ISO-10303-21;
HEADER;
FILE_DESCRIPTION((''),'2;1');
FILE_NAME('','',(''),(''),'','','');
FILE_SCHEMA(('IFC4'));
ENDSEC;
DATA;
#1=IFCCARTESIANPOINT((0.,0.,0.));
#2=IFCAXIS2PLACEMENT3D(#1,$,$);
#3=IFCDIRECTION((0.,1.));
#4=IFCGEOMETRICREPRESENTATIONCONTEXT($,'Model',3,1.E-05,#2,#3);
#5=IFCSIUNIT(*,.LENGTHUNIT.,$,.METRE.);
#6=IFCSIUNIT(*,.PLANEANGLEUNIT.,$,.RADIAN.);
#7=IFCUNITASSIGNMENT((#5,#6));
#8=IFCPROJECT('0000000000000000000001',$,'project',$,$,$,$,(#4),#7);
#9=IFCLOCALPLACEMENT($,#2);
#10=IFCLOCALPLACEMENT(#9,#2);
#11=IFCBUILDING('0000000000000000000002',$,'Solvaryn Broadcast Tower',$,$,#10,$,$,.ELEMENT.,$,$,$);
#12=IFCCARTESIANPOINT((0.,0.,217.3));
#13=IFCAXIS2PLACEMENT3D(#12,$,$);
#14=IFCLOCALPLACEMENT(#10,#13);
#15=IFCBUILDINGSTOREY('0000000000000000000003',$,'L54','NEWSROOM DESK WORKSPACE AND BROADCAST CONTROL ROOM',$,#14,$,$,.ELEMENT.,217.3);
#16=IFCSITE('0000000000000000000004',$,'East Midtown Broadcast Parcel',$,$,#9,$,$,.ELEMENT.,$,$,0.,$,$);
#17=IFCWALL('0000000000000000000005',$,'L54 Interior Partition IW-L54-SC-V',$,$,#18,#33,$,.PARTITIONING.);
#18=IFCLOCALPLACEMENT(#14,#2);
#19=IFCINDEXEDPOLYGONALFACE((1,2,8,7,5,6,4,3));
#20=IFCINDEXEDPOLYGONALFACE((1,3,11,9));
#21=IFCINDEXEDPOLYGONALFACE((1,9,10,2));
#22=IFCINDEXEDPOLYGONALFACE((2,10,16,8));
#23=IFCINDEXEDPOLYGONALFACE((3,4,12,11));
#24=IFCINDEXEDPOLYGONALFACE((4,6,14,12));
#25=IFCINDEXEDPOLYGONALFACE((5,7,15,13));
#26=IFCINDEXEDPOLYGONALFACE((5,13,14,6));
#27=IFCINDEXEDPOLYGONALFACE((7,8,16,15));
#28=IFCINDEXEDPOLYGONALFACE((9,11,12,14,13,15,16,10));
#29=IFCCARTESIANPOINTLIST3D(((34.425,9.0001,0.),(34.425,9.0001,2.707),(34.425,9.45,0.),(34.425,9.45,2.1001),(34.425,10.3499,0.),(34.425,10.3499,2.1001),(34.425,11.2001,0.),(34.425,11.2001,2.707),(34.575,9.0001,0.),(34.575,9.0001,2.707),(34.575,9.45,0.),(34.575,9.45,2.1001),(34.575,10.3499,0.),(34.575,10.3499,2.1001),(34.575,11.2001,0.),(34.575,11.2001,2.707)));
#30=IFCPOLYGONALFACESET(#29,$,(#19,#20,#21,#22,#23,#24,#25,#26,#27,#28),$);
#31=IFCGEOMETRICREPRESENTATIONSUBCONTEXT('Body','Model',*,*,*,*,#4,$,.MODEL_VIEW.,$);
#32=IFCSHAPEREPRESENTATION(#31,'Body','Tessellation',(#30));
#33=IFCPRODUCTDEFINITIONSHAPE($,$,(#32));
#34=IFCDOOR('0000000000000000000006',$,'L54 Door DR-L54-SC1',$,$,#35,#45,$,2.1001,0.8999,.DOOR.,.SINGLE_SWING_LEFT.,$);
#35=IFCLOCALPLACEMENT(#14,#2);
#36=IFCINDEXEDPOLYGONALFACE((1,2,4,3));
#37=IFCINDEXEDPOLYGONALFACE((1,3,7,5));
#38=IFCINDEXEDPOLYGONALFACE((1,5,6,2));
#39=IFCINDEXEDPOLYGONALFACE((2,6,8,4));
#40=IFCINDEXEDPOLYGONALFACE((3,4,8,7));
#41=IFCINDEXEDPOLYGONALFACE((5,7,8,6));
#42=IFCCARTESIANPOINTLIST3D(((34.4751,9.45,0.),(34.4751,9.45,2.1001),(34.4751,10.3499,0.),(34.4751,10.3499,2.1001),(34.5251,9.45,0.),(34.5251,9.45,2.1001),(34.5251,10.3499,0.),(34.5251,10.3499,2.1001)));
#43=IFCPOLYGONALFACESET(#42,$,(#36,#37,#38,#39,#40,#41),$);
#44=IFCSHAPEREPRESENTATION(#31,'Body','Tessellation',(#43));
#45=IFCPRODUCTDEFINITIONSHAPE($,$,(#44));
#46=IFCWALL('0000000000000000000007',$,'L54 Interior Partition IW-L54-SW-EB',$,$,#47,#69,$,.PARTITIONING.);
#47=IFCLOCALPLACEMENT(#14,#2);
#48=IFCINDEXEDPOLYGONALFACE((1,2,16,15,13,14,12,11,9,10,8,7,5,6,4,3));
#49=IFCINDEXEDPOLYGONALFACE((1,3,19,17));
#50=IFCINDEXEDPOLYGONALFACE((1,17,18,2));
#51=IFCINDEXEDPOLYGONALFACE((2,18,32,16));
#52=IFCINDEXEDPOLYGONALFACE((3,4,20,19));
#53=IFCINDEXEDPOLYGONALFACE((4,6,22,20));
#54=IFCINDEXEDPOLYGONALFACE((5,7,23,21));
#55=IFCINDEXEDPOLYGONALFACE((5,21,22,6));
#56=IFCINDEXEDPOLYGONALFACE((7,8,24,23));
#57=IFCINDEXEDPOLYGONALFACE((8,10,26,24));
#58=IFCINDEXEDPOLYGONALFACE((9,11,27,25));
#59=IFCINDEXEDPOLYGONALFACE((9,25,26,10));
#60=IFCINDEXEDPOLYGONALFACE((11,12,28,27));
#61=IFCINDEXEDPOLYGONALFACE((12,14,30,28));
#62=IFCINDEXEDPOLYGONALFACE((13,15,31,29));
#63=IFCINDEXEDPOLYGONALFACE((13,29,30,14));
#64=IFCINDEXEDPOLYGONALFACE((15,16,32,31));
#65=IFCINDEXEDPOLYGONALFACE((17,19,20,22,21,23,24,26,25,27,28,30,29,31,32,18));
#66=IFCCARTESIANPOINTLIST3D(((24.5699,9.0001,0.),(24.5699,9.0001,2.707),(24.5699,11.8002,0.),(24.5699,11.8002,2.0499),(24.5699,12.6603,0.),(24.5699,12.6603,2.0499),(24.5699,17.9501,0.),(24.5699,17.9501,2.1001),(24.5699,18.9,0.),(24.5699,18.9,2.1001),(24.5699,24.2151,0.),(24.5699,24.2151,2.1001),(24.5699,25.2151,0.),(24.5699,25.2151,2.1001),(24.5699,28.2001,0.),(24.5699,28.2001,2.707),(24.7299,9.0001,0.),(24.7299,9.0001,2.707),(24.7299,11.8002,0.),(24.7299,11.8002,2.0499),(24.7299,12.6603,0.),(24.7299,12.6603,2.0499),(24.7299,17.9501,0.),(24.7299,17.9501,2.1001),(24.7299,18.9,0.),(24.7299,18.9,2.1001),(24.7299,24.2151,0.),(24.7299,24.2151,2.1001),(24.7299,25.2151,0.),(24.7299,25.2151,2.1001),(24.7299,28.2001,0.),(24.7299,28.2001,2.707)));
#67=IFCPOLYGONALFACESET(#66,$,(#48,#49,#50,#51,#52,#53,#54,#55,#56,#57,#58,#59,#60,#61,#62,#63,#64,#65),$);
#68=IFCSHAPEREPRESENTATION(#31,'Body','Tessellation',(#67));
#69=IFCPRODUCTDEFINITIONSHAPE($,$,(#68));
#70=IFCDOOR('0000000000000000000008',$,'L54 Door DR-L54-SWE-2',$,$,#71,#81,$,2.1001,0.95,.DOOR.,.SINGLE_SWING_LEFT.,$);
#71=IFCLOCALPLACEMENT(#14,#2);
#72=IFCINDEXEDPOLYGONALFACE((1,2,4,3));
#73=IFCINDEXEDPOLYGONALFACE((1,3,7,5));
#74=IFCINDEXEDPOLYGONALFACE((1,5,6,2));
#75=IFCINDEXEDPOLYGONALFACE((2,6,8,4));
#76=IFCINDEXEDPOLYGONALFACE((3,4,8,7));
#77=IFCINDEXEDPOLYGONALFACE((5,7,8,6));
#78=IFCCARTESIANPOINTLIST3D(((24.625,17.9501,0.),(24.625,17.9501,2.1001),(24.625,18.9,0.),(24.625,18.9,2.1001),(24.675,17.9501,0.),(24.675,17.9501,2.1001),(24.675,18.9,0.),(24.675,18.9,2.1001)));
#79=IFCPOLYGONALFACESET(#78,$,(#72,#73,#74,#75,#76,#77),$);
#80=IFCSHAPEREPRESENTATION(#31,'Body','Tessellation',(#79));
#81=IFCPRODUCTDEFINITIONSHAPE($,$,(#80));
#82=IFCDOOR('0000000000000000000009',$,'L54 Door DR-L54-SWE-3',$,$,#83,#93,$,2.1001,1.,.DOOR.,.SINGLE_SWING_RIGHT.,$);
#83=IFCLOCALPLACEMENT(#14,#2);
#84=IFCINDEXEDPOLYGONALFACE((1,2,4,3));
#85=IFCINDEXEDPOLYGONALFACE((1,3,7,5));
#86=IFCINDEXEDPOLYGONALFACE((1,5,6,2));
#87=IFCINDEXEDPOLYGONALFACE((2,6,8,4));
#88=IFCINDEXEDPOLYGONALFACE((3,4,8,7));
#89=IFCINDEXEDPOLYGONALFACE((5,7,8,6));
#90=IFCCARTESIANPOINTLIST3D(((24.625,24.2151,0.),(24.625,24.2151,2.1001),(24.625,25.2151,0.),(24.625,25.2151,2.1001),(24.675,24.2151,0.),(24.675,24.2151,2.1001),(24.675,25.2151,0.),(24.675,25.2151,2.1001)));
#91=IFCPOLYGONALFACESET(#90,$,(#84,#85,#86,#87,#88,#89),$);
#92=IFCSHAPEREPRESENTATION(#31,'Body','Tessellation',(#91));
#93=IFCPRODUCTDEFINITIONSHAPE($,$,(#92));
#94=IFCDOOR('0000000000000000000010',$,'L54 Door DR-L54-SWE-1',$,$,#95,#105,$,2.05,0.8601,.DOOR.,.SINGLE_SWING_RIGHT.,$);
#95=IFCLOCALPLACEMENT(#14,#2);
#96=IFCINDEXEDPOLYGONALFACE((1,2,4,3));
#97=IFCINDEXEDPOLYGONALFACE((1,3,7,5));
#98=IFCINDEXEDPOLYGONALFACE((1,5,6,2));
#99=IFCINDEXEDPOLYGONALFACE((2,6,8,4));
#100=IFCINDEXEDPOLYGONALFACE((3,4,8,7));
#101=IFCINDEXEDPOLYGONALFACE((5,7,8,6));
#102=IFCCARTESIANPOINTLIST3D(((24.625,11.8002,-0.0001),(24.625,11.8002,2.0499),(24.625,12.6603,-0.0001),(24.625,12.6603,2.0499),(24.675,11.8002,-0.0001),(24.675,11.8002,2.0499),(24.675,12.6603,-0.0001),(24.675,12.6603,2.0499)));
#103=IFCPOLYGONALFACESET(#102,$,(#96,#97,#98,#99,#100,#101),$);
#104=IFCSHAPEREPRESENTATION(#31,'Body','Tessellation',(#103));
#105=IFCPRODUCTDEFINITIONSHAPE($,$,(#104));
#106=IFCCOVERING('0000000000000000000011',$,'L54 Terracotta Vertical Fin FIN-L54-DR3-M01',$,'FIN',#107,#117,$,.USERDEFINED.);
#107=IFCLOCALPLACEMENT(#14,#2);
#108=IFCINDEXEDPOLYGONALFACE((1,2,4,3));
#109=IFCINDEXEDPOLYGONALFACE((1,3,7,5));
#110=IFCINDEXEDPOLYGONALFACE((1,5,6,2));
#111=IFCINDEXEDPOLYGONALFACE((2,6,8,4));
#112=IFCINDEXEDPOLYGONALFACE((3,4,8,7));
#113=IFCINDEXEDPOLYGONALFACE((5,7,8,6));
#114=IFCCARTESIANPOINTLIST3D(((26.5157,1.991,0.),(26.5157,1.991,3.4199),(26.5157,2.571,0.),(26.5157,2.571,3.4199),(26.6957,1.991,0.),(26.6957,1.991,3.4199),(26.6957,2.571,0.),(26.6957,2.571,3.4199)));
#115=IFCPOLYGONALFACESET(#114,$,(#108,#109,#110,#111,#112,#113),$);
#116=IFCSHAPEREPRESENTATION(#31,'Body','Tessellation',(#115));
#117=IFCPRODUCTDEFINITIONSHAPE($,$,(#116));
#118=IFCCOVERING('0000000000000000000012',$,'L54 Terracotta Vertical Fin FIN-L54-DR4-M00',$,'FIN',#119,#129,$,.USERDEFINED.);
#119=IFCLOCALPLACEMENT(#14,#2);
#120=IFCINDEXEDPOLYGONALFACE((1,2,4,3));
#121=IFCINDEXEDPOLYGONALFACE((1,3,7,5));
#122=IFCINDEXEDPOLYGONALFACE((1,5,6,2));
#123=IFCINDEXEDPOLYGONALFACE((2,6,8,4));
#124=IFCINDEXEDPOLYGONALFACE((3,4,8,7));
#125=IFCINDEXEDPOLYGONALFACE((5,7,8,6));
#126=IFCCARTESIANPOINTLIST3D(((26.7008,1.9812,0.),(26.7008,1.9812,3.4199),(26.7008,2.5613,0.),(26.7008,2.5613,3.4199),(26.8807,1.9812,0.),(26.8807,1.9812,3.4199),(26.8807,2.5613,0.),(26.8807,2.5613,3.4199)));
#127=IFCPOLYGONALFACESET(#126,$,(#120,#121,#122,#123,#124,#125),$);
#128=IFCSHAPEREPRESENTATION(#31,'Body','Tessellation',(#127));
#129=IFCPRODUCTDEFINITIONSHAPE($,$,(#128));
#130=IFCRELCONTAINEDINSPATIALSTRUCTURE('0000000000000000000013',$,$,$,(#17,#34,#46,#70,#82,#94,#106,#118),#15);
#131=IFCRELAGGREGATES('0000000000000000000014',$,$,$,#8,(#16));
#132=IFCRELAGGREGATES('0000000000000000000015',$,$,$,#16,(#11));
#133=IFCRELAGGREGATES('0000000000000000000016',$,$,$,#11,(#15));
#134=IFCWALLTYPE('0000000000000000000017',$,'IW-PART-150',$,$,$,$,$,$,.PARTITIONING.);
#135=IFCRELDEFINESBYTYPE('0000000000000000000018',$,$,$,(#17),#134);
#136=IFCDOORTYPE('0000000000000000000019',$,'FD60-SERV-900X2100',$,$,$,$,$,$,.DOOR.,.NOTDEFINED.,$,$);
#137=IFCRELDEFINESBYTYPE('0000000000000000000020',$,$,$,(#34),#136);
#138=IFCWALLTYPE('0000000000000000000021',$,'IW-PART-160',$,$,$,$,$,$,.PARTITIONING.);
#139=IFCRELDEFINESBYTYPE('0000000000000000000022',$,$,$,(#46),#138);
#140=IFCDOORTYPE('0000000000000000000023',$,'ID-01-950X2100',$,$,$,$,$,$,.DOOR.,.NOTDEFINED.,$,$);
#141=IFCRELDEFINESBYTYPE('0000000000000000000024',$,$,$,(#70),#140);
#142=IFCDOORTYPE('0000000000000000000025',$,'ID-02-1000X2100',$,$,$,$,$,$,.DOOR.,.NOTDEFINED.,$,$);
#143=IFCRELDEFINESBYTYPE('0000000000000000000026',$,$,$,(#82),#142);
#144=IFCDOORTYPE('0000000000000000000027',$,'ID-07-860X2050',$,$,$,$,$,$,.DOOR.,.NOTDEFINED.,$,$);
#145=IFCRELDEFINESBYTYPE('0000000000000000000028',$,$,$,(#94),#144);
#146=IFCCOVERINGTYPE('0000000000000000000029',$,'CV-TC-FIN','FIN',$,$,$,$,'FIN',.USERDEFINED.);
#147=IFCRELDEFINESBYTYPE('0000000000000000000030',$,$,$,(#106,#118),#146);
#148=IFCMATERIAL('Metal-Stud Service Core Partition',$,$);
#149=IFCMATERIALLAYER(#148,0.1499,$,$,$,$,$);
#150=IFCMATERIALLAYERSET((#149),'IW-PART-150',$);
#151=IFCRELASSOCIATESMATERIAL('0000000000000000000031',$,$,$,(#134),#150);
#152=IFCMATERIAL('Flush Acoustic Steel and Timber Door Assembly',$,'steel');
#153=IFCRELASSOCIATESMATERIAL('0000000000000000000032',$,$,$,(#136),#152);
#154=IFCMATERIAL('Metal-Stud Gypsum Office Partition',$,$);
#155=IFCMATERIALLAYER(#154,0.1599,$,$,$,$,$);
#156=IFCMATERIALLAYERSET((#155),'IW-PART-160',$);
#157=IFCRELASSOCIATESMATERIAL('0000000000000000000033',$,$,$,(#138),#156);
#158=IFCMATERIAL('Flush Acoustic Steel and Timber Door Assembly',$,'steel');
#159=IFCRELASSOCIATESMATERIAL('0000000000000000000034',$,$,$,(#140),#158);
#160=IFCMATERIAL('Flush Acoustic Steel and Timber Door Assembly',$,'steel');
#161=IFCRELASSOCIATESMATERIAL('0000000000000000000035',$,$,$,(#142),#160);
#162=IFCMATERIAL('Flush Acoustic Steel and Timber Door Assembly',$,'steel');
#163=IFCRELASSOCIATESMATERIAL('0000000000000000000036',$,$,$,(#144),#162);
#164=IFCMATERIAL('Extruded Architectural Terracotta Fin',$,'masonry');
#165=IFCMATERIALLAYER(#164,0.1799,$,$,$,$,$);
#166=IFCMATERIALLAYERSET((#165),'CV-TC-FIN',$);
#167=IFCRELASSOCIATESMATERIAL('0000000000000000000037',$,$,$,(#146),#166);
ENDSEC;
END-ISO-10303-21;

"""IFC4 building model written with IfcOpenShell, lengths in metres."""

from ifc_helpers import new_model, si_unit, direction, frame, frame_2d, origin, origin_2d, place, context, subcontext, project, spatial, rectangle, extrude, material, layer, layer_set, type_object, element, fill, save


model = new_model("IFC4")

# Units and contexts
model_context = context("Model", 3, precision=1e-05, world=origin(), true_north=direction((0.0, 1.0)))
body_context = subcontext(model_context, "Body", "Model", "MODEL_VIEW")
ifc_project = project(units=[si_unit("LENGTHUNIT", "METRE"), si_unit("PLANEANGLEUNIT", "RADIAN")], contexts=[model_context])

# Site, building, storey
site_placement = place(None, origin())
site = spatial("IfcSite", under=ifc_project, at=site_placement, Name="East Midtown Broadcast Parcel", CompositionType="ELEMENT", RefElevation=0.0)
building_placement = place(site_placement, origin())
building = spatial("IfcBuilding", under=site, at=building_placement, Name="Solvaryn Broadcast Tower", CompositionType="ELEMENT")
storey_placement = place(building_placement, frame((0.0, 0.0, 217.3)))
storey = spatial("IfcBuildingStorey", under=building, at=storey_placement, Name="L54", Description="NEWSROOM DESK WORKSPACE AND BROADCAST CONTROL ROOM", CompositionType="ELEMENT", Elevation=217.3)

# Wall, opening, door
ifc_material_1 = material(Name="Metal-Stud Service Core Partition")
ifc_layer_1 = layer(ifc_material_1, 0.1499)
ifc_layer_set_1 = layer_set([ifc_layer_1], Name="IW-PART-150")
wall_type_1 = type_object("IfcWallType", Name="IW-PART-150", PredefinedType="PARTITIONING", material=ifc_layer_set_1)
wall_1_placement = place(storey_placement, frame((34.5, 9.0, 0.0), z_axis=(0.0, 0.0, 1.0), x_axis=(0.0, 1.0, 0.0)))
wall_1 = element("IfcWall", 1, at=wall_1_placement, inside=storey, type_object=wall_type_1, Name="L54 Interior Partition IW-L54-SC-V", PredefinedType="PARTITIONING", context=body_context, shape_type="SweptSolid", body=[
    extrude(rectangle(XDim=2.2, YDim=0.1499, at=frame_2d((1.1001, 0.0))), origin(), (0.0, 0.0, 1.0), 2.707),
])
opening_1_placement = place(wall_1_placement, frame((0.45, 0.0, 0.0)))
opening_1 = element("IfcOpeningElement", 2, at=opening_1_placement, cuts=wall_1, PredefinedType="OPENING", context=body_context, shape_type="SweptSolid", body=[
    extrude(rectangle(XDim=0.8999, YDim=2.1001, at=frame_2d((0.45, 1.05))), frame((0.0, 0.085, 0.0), z_axis=(0.0, -1.0, 0.0), x_axis=(1.0, 0.0, 0.0)), (0.0, 0.0, 1.0), 0.1699),
])
ifc_material_2 = material(Name="Flush Acoustic Steel and Timber Door Assembly", Category="steel")
door_type_1 = type_object("IfcDoorType", Name="FD60-SERV-900X2100", OperationType="NOTDEFINED", PredefinedType="DOOR", material=ifc_material_2)
door_1_placement = place(opening_1_placement, origin())
door_1 = element("IfcDoor", 3, at=door_1_placement, inside=storey, type_object=door_type_1, Name="L54 Door DR-L54-SC1", OperationType="SINGLE_SWING_LEFT", OverallHeight=2.1001, OverallWidth=0.8999, PredefinedType="DOOR", context=body_context, shape_type="SweptSolid", body=[
    extrude(rectangle(XDim=0.8999, YDim=2.1001, at=frame_2d((0.45, 1.05))), frame((0.0, 0.0249, 0.0), z_axis=(0.0, -1.0, 0.0), x_axis=(1.0, 0.0, 0.0)), (0.0, 0.0, 1.0), 0.05),
])
fill(opening_1, door_1)

# Wall, openings, doors
ifc_material_3 = material(Name="Metal-Stud Gypsum Office Partition")
ifc_layer_2 = layer(ifc_material_3, 0.1599)
ifc_layer_set_2 = layer_set([ifc_layer_2], Name="IW-PART-160")
wall_type_2 = type_object("IfcWallType", Name="IW-PART-160", PredefinedType="PARTITIONING", material=ifc_layer_set_2)
wall_2_placement = place(storey_placement, frame((24.6499, 9.0, 0.0), z_axis=(0.0, 0.0, 1.0), x_axis=(0.0, 1.0, 0.0)))
wall_2 = element("IfcWall", 4, at=wall_2_placement, inside=storey, type_object=wall_type_2, Name="L54 Interior Partition IW-L54-SW-EB", PredefinedType="PARTITIONING", context=body_context, shape_type="SweptSolid", body=[
    extrude(rectangle(XDim=19.2, YDim=0.1599, at=frame_2d((9.6001, 0.0))), origin(), (0.0, 0.0, 1.0), 2.707),
])
opening_2_placement = place(wall_2_placement, frame((2.8, 0.0, 0.0)))
opening_2 = element("IfcOpeningElement", 5, at=opening_2_placement, cuts=wall_2, PredefinedType="OPENING", context=body_context, shape_type="SweptSolid", body=[
    extrude(rectangle(XDim=0.8601, YDim=2.05, at=frame_2d((0.4302, 1.0249))), frame((0.0, 0.0901, 0.0), z_axis=(0.0, -1.0, 0.0), x_axis=(1.0, 0.0, 0.0)), (0.0, 0.0, 1.0), 0.1799),
])
opening_3_placement = place(wall_2_placement, frame((8.95, 0.0, 0.0)))
opening_3 = element("IfcOpeningElement", 6, at=opening_3_placement, cuts=wall_2, PredefinedType="OPENING", context=body_context, shape_type="SweptSolid", body=[
    extrude(rectangle(XDim=0.95, YDim=2.1001, at=frame_2d((0.4751, 1.05))), frame((0.0, 0.0901, 0.0), z_axis=(0.0, -1.0, 0.0), x_axis=(1.0, 0.0, 0.0)), (0.0, 0.0, 1.0), 0.1799),
])
opening_4_placement = place(wall_2_placement, frame((15.2151, 0.0, 0.0)))
opening_4 = element("IfcOpeningElement", 7, at=opening_4_placement, cuts=wall_2, PredefinedType="OPENING", context=body_context, shape_type="SweptSolid", body=[
    extrude(rectangle(XDim=1.0, YDim=2.1001, at=frame_2d((0.5, 1.05))), frame((0.0, 0.0901, 0.0), z_axis=(0.0, -1.0, 0.0), x_axis=(1.0, 0.0, 0.0)), (0.0, 0.0, 1.0), 0.1799),
])
ifc_material_4 = material(Name="Flush Acoustic Steel and Timber Door Assembly", Category="steel")
door_type_2 = type_object("IfcDoorType", Name="ID-01-950X2100", OperationType="NOTDEFINED", PredefinedType="DOOR", material=ifc_material_4)
door_2_placement = place(opening_3_placement, origin())
door_2 = element("IfcDoor", 8, at=door_2_placement, inside=storey, type_object=door_type_2, Name="L54 Door DR-L54-SWE-2", OperationType="SINGLE_SWING_LEFT", OverallHeight=2.1001, OverallWidth=0.95, PredefinedType="DOOR", context=body_context, shape_type="SweptSolid", body=[
    extrude(rectangle(XDim=0.95, YDim=2.1001, at=frame_2d((0.4751, 1.05))), frame((0.0, 0.0249, 0.0), z_axis=(0.0, -1.0, 0.0), x_axis=(1.0, 0.0, 0.0)), (0.0, 0.0, 1.0), 0.05),
])
fill(opening_3, door_2)
ifc_material_5 = material(Name="Flush Acoustic Steel and Timber Door Assembly", Category="steel")
door_type_3 = type_object("IfcDoorType", Name="ID-02-1000X2100", OperationType="NOTDEFINED", PredefinedType="DOOR", material=ifc_material_5)
door_3_placement = place(opening_4_placement, origin())
door_3 = element("IfcDoor", 9, at=door_3_placement, inside=storey, type_object=door_type_3, Name="L54 Door DR-L54-SWE-3", OperationType="SINGLE_SWING_RIGHT", OverallHeight=2.1001, OverallWidth=1.0, PredefinedType="DOOR", context=body_context, shape_type="SweptSolid", body=[
    extrude(rectangle(XDim=1.0, YDim=2.1001, at=frame_2d((0.5, 1.05))), frame((0.0, 0.0249, 0.0), z_axis=(0.0, -1.0, 0.0), x_axis=(1.0, 0.0, 0.0)), (0.0, 0.0, 1.0), 0.05),
])
fill(opening_4, door_3)
ifc_material_6 = material(Name="Flush Acoustic Steel and Timber Door Assembly", Category="steel")
door_type_4 = type_object("IfcDoorType", Name="ID-07-860X2050", OperationType="NOTDEFINED", PredefinedType="DOOR", material=ifc_material_6)
door_4_placement = place(opening_2_placement, origin())
door_4 = element("IfcDoor", 10, at=door_4_placement, inside=storey, type_object=door_type_4, Name="L54 Door DR-L54-SWE-1", OperationType="SINGLE_SWING_RIGHT", OverallHeight=2.05, OverallWidth=0.8601, PredefinedType="DOOR", context=body_context, shape_type="SweptSolid", body=[
    extrude(rectangle(XDim=0.8601, YDim=2.05, at=frame_2d((0.4302, 1.0249))), frame((0.0, 0.0249, 0.0), z_axis=(0.0, -1.0, 0.0), x_axis=(1.0, 0.0, 0.0)), (0.0, 0.0, 1.0), 0.05),
])
fill(opening_2, door_4)

# Coverings
ifc_material_7 = material(Name="Extruded Architectural Terracotta Fin", Category="masonry")
ifc_layer_3 = layer(ifc_material_7, 0.1799)
ifc_layer_set_3 = layer_set([ifc_layer_3], Name="CV-TC-FIN")
covering_type = type_object("IfcCoveringType", Name="CV-TC-FIN", Description="FIN", ElementType="FIN", PredefinedType="USERDEFINED", material=ifc_layer_set_3)
for number, where, z_axis, x_axis, name in (
    (11, (26.6057, 2.281, 0.0), (0.0, 0.0, 1.0), (1.0, 0.0, 0.0), "L54 Terracotta Vertical Fin FIN-L54-DR3-M01"),
    (12, (26.7908, 2.2712, 0.0), (0.0, 0.0, 1.0), (1.0, 0.0, 0.0), "L54 Terracotta Vertical Fin FIN-L54-DR4-M00"),
):
    element("IfcCovering", number, at=place(storey_placement, frame(where, z_axis=z_axis, x_axis=x_axis)), inside=storey, type_object=covering_type, Name=name, ObjectType="FIN", PredefinedType="USERDEFINED", context=body_context, shape_type="SweptSolid", body=[
        extrude(rectangle(XDim=0.1799, YDim=0.5801, at=origin_2d()), origin(), (0.0, 0.0, 1.0), 3.4199),
    ])

save(model, "model.ifc")
